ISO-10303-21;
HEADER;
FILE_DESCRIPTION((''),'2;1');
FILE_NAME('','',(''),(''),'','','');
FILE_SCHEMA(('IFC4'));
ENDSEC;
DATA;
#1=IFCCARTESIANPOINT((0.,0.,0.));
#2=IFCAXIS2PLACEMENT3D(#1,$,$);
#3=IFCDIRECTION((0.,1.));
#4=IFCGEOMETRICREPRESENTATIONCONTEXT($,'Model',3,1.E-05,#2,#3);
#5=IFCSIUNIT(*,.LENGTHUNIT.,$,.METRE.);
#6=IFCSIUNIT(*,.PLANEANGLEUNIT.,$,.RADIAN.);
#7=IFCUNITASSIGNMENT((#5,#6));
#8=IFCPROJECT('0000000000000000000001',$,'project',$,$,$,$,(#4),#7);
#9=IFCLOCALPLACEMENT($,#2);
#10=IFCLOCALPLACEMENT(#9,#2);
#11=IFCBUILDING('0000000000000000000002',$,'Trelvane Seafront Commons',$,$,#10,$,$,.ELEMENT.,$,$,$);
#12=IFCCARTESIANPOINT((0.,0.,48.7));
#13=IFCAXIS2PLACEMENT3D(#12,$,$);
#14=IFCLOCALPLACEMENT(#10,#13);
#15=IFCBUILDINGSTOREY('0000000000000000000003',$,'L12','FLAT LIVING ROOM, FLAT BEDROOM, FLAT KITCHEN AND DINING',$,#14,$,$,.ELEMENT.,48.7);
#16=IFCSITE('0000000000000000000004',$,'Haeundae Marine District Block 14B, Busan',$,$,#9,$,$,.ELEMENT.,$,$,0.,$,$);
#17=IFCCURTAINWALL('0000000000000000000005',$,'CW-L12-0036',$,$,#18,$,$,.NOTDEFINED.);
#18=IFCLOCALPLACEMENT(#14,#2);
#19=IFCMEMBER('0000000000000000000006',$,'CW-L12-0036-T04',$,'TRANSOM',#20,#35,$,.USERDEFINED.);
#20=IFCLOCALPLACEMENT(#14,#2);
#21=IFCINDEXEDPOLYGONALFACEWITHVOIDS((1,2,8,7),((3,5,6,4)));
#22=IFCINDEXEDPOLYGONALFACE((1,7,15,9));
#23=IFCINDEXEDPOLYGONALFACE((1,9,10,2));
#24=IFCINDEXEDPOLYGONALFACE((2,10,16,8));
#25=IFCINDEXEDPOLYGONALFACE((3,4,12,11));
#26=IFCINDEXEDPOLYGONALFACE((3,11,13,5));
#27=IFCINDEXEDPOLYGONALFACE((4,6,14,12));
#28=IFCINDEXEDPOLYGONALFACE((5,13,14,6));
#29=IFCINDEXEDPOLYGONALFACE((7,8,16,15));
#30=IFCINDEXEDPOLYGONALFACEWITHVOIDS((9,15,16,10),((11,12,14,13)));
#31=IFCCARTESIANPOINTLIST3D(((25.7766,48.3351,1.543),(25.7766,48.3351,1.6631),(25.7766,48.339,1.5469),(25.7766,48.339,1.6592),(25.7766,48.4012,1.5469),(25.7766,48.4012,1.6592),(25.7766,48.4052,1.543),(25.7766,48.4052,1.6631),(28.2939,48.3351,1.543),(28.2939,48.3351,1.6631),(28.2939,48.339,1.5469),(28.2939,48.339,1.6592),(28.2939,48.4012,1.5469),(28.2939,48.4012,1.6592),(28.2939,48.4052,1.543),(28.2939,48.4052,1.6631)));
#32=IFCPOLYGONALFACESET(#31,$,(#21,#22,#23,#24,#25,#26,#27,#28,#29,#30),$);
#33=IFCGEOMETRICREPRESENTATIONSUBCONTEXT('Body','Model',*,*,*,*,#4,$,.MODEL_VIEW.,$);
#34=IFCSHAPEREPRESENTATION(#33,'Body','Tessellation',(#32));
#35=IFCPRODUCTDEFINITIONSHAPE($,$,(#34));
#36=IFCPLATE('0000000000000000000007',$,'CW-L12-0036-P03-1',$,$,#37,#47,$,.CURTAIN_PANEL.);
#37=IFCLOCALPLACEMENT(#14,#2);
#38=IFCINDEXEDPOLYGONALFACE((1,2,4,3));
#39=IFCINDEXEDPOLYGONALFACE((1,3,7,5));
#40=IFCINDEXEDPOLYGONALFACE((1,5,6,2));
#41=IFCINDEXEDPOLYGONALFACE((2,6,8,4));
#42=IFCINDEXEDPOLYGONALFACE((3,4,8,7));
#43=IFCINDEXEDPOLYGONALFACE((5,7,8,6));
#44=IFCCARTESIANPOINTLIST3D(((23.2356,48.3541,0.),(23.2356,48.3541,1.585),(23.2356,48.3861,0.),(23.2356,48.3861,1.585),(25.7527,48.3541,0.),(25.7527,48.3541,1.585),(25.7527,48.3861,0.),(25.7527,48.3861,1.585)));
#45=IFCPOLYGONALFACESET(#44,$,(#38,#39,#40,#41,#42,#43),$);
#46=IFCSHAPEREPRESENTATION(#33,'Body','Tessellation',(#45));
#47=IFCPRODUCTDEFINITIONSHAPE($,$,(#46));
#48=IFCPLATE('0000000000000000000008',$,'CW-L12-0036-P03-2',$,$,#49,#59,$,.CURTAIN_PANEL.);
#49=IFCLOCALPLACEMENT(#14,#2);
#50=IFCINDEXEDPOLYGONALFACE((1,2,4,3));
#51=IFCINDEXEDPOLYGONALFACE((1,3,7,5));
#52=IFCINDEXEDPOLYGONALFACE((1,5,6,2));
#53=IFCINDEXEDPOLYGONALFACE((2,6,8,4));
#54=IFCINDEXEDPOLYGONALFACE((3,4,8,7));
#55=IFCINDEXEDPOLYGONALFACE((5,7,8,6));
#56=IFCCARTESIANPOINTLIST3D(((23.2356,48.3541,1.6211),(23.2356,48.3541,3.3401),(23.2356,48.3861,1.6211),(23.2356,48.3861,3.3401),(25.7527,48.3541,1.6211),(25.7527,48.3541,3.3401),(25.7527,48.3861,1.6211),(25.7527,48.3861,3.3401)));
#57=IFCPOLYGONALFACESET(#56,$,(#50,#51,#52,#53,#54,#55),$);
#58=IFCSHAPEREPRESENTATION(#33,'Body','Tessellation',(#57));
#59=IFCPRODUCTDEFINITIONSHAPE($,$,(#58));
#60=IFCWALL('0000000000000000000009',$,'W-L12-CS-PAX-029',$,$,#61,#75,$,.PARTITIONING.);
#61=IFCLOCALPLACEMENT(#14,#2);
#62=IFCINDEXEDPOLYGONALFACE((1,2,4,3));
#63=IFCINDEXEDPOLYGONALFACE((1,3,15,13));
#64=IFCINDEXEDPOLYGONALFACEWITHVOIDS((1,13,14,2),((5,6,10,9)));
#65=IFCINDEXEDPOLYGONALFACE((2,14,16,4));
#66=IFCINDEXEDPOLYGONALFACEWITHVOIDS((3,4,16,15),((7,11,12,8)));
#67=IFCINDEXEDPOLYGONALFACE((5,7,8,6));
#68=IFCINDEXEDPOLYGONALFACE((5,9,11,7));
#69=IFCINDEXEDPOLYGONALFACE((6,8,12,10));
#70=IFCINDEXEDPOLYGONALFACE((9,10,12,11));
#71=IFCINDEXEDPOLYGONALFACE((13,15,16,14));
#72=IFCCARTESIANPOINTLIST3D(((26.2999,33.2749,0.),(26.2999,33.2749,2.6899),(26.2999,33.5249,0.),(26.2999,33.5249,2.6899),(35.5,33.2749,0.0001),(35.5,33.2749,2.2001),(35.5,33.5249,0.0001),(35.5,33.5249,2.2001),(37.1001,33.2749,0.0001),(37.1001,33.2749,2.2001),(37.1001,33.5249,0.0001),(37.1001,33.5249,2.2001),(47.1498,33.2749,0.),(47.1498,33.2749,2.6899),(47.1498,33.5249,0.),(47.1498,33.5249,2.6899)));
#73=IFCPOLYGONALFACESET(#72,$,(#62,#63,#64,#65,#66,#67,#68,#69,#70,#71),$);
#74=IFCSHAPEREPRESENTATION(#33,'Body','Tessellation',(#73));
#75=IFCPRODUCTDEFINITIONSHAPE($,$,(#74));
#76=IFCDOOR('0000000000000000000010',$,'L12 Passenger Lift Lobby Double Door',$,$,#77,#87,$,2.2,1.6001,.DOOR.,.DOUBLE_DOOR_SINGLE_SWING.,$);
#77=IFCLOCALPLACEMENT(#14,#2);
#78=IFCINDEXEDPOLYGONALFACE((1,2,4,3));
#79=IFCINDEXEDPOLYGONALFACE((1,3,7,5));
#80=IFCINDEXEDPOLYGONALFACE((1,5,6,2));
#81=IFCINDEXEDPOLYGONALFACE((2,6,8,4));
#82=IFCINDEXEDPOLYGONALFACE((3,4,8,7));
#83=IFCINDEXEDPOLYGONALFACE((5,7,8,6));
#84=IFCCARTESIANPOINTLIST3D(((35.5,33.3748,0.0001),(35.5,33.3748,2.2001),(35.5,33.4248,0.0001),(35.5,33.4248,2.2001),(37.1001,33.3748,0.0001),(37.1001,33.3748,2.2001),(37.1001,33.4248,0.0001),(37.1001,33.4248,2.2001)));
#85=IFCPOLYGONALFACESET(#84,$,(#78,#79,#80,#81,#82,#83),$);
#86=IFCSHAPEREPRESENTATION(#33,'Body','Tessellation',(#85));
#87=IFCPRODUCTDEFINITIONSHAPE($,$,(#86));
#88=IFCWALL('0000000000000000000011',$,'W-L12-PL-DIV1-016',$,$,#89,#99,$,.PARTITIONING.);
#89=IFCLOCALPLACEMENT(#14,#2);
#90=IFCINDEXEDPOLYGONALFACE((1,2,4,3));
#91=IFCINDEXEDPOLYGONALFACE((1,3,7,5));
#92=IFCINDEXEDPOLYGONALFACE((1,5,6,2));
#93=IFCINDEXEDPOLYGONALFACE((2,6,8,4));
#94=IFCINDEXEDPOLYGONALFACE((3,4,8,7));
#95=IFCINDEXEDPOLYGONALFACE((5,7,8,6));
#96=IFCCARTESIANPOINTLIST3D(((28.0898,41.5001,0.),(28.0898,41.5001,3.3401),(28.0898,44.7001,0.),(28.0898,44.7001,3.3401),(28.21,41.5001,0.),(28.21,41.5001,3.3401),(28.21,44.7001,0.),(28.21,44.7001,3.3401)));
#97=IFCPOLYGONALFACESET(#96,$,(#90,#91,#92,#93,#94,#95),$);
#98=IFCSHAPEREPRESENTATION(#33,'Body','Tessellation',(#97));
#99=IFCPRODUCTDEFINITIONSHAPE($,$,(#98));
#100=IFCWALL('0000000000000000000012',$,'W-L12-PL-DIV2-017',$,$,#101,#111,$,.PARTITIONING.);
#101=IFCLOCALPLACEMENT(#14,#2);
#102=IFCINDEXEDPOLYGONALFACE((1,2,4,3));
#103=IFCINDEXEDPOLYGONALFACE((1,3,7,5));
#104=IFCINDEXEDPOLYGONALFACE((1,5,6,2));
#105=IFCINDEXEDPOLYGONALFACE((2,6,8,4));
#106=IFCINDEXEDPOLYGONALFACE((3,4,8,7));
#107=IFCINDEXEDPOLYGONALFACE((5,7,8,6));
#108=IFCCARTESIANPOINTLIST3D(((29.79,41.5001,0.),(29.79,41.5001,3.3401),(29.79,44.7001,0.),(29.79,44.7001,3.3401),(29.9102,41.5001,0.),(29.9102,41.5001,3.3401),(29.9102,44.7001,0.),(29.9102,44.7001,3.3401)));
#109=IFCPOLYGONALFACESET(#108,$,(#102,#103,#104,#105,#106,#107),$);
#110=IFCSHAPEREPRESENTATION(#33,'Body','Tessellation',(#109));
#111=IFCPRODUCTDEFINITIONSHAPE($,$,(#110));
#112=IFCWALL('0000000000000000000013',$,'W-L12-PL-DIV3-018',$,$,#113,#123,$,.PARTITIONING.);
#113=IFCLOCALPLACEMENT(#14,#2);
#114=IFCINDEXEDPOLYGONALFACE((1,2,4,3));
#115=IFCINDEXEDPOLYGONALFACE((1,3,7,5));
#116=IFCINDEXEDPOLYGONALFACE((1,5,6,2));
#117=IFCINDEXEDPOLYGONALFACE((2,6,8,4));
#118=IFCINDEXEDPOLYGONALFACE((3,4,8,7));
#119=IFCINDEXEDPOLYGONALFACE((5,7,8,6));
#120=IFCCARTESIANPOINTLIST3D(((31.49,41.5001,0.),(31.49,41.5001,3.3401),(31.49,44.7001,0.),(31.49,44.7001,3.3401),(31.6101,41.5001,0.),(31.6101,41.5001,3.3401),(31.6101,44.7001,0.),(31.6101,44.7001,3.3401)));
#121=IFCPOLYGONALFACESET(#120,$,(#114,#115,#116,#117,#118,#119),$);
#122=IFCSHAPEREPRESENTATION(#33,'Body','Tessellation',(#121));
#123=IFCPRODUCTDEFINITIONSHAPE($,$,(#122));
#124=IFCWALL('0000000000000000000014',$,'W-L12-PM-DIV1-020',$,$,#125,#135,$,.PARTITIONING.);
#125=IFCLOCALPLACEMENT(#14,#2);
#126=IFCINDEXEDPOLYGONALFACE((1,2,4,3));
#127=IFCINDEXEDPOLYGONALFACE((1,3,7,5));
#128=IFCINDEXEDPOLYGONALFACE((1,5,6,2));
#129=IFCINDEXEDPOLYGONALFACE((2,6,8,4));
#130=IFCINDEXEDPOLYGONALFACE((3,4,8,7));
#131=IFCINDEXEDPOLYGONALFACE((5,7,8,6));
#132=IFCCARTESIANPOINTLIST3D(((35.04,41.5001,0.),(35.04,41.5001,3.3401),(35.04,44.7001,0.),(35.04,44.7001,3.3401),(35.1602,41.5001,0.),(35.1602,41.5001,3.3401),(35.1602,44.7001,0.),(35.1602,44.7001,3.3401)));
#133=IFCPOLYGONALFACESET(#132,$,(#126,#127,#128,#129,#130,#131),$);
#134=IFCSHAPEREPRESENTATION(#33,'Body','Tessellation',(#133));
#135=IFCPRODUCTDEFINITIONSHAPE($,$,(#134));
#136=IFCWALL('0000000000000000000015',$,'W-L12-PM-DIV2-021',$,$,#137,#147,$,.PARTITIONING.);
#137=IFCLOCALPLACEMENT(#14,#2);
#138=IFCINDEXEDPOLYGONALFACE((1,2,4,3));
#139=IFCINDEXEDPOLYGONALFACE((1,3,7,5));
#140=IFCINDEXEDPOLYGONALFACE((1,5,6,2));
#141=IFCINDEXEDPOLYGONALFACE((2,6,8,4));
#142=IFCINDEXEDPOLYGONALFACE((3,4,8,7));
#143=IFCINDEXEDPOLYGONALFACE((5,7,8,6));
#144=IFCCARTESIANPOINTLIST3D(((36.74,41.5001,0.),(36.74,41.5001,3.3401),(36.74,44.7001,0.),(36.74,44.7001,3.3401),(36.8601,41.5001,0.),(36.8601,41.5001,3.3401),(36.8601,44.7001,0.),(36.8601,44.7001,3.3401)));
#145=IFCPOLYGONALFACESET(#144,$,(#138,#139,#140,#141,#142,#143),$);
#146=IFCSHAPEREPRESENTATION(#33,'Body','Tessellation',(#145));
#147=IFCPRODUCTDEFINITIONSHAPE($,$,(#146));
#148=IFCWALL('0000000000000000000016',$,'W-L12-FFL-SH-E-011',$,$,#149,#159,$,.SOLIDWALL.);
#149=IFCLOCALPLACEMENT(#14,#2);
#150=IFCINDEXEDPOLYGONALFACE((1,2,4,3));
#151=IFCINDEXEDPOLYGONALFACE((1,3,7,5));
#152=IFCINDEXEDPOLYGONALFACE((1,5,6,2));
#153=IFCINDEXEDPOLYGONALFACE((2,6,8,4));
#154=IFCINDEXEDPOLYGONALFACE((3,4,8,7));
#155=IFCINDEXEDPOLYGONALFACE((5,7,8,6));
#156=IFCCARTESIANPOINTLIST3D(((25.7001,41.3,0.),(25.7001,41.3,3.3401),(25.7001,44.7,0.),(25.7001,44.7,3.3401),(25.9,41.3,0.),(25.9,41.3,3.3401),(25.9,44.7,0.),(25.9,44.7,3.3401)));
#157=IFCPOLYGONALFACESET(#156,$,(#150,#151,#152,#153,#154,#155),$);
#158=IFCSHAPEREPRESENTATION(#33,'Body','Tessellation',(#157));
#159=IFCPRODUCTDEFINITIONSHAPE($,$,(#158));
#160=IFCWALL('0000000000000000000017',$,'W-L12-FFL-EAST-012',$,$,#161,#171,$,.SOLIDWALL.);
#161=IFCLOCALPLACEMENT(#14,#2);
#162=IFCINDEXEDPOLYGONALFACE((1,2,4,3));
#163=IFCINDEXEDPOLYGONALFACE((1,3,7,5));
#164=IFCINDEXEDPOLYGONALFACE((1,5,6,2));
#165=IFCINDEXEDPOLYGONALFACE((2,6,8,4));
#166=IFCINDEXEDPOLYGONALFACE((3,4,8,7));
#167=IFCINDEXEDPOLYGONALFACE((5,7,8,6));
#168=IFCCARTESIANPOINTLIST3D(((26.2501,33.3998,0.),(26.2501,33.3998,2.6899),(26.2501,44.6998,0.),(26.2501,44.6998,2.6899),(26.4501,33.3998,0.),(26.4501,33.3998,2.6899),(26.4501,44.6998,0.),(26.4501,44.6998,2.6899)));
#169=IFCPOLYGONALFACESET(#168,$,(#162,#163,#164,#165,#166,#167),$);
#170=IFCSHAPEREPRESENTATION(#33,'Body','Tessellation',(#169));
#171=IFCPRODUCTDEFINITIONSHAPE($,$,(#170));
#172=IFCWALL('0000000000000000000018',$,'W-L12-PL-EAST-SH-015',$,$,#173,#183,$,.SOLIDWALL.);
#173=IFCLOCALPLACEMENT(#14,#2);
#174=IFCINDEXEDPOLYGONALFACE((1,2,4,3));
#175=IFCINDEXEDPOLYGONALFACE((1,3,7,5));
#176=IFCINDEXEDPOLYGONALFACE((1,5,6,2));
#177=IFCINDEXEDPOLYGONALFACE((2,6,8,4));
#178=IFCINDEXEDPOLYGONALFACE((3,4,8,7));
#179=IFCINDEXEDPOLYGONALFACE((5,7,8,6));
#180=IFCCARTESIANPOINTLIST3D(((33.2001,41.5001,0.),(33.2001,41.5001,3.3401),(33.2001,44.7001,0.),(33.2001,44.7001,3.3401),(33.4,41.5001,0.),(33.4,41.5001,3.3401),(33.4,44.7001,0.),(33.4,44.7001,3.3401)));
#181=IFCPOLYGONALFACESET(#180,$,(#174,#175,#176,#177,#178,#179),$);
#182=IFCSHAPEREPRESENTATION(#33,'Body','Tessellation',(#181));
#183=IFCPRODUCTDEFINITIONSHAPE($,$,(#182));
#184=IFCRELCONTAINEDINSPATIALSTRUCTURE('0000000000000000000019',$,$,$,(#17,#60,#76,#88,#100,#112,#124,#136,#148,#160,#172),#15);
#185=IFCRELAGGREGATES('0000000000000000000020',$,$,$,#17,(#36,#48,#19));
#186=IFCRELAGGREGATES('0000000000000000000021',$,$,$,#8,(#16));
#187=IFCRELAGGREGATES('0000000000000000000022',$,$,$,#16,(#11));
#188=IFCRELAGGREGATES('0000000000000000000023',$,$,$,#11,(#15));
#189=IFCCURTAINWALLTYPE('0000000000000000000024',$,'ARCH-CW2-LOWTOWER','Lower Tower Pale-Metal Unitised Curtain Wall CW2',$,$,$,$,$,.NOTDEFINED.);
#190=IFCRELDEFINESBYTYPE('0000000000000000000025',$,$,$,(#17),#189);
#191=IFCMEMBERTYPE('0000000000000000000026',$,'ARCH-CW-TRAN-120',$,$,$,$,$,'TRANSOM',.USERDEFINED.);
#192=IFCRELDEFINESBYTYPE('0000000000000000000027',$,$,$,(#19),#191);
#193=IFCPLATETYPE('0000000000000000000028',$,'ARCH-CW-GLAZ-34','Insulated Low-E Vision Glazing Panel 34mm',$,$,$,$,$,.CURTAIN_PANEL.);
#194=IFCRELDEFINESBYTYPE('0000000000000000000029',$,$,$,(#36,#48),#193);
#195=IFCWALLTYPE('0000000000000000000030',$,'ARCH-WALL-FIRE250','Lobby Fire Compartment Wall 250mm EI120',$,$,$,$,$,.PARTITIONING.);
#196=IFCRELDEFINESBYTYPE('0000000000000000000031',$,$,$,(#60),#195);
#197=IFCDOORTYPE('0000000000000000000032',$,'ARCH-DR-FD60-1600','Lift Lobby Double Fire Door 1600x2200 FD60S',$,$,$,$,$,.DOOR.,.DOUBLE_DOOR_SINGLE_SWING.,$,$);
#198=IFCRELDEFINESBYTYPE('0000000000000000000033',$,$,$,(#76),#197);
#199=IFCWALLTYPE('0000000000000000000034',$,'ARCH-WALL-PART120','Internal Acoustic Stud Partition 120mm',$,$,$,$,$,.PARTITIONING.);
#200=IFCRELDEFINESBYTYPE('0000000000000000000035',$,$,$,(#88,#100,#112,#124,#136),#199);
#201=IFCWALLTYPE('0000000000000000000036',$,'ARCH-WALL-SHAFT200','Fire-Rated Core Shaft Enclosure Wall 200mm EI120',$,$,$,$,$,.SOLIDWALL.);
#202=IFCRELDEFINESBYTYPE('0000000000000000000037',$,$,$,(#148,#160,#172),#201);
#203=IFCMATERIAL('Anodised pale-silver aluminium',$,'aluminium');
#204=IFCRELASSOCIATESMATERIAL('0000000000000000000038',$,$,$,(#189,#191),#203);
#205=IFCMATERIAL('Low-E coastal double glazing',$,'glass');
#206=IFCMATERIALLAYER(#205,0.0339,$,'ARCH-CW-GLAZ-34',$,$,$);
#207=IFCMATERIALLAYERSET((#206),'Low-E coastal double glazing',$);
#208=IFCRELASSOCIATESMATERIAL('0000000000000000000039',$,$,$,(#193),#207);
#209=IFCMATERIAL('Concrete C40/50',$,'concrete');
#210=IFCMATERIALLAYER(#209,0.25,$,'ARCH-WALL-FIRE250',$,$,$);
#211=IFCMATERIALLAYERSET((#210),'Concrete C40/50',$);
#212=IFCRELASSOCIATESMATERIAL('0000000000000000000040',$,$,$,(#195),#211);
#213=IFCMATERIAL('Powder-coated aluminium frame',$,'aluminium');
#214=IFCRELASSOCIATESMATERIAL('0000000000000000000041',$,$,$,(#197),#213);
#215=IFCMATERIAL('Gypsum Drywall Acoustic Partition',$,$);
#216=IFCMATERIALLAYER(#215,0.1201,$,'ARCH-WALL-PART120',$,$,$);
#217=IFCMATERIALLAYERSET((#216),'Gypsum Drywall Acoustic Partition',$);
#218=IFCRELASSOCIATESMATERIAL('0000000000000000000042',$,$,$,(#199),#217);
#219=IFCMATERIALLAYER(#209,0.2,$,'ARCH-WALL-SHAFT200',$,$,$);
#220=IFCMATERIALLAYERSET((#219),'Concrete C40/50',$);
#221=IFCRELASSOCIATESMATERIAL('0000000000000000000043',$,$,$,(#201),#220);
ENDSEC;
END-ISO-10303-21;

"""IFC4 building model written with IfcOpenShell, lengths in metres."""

from ifc_helpers import new_model, si_unit, direction, frame, frame_2d, origin, origin_2d, place, context, subcontext, project, spatial, rectangle, hollow_rectangle, extrude, source, transform, mapped, material, layer, layer_set, material_profile, profile_set, type_object, element, fill, aggregate, save


model = new_model("IFC4")

# Units and contexts
model_context = context("Model", 3, precision=1e-05, world=origin(), true_north=direction((0.0, 1.0)))
body_context = subcontext(model_context, "Body", "Model", "MODEL_VIEW")
ifc_project = project(units=[si_unit("LENGTHUNIT", "METRE"), si_unit("PLANEANGLEUNIT", "RADIAN")], contexts=[model_context])

# Site, building, storey
site_placement = place(None, origin())
site = spatial("IfcSite", under=ifc_project, at=site_placement, Name="Haeundae Marine District Block 14B, Busan", CompositionType="ELEMENT", RefElevation=0.0)
building_placement = place(site_placement, origin())
building = spatial("IfcBuilding", under=site, at=building_placement, Name="Trelvane Seafront Commons", CompositionType="ELEMENT")
storey_placement = place(building_placement, frame((0.0, 0.0, 48.7)))
storey = spatial("IfcBuildingStorey", under=building, at=storey_placement, Name="L12", Description="FLAT LIVING ROOM, FLAT BEDROOM, FLAT KITCHEN AND DINING", CompositionType="ELEMENT", Elevation=48.7)

# Curtain wall, member, plates
ifc_material_1 = material(Name="Anodised pale-silver aluminium", Category="aluminium")
curtain_wall_type = type_object("IfcCurtainWallType", Name="ARCH-CW2-LOWTOWER", Description="Lower Tower Pale-Metal Unitised Curtain Wall CW2", PredefinedType="NOTDEFINED", material=ifc_material_1)
curtain_wall_placement = place(storey_placement, origin())
curtain_wall = element("IfcCurtainWall", 1, at=curtain_wall_placement, inside=storey, type_object=curtain_wall_type, Name="CW-L12-0036", PredefinedType="NOTDEFINED")
ifc_material_profile_1 = material_profile(ifc_material_1, hollow_rectangle(XDim=0.0701, YDim=0.1201, WallThickness=0.0039, at=origin_2d()), Name="TRAN-70x120x4")
ifc_profile_set_1 = profile_set([ifc_material_profile_1], Name="Anodised pale-silver aluminium")
member_type_1 = type_object("IfcMemberType", Name="ARCH-CW-TRAN-120", ElementType="TRANSOM", PredefinedType="USERDEFINED", material=ifc_profile_set_1)
shared_shape_1 = source(origin(), body_context, "Body", "SweptSolid", [
    extrude(hollow_rectangle(XDim=0.0701, YDim=0.1201, WallThickness=0.0039, at=origin_2d()), origin(), (0.0, 0.0, 1.0), 2.5173),
])
member_1_placement = place(storey_placement, frame((25.7766, 48.3701, 1.603), z_axis=(1.0, 0.0, 0.0), x_axis=(0.0, 1.0, 0.0)))
member_1 = element("IfcMember", 2, at=member_1_placement, type_object=member_type_1, Name="CW-L12-0036-T04", ObjectType="TRANSOM", PredefinedType="USERDEFINED", context=body_context, shape_type="MappedRepresentation", body=[
    mapped(shared_shape_1, transform((0.0, 0.0, 0.0), x_axis=(1.0, 0.0, 0.0), y_axis=(0.0, 1.0, 0.0), z_axis=(0.0, 0.0, 1.0), scale=1.0)),
])
ifc_material_2 = material(Name="Low-E coastal double glazing", Category="glass")
ifc_layer_1 = layer(ifc_material_2, 0.0339, Name="ARCH-CW-GLAZ-34")
ifc_layer_set_1 = layer_set([ifc_layer_1], Name="Low-E coastal double glazing")
plate_type = type_object("IfcPlateType", Name="ARCH-CW-GLAZ-34", Description="Insulated Low-E Vision Glazing Panel 34mm", PredefinedType="CURTAIN_PANEL", material=ifc_layer_set_1)
shared_shape_2 = source(origin(), body_context, "Body", "SweptSolid", [
    extrude(rectangle(XDim=2.5171, YDim=0.032, at=origin_2d()), origin(), (0.0, 0.0, 1.0), 1.585),
])
plate_1_placement = place(storey_placement, frame((24.4941, 48.3701, 0.0), z_axis=(0.0, 0.0, 1.0), x_axis=(1.0, 0.0, 0.0)))
plate_1 = element("IfcPlate", 3, at=plate_1_placement, type_object=plate_type, Name="CW-L12-0036-P03-1", PredefinedType="CURTAIN_PANEL", context=body_context, shape_type="MappedRepresentation", body=[
    mapped(shared_shape_2, transform((0.0, 0.0, 0.0), x_axis=(1.0, 0.0, 0.0), y_axis=(0.0, 1.0, 0.0), z_axis=(0.0, 0.0, 1.0), scale=1.0)),
])
shared_shape_3 = source(origin(), body_context, "Body", "SweptSolid", [
    extrude(rectangle(XDim=2.5171, YDim=0.032, at=origin_2d()), origin(), (0.0, 0.0, 1.0), 1.719),
])
plate_2_placement = place(storey_placement, frame((24.4941, 48.3701, 1.6211), z_axis=(0.0, 0.0, 1.0), x_axis=(1.0, 0.0, 0.0)))
plate_2 = element("IfcPlate", 4, at=plate_2_placement, type_object=plate_type, Name="CW-L12-0036-P03-2", PredefinedType="CURTAIN_PANEL", context=body_context, shape_type="MappedRepresentation", body=[
    mapped(shared_shape_3, transform((0.0, 0.0, 0.0), x_axis=(1.0, 0.0, 0.0), y_axis=(0.0, 1.0, 0.0), z_axis=(0.0, 0.0, 1.0), scale=1.0)),
])
aggregate(curtain_wall, [plate_1, plate_2, member_1])

# Wall, opening, door
ifc_material_3 = material(Name="Concrete C40/50", Category="concrete")
ifc_layer_2 = layer(ifc_material_3, 0.25, Name="ARCH-WALL-FIRE250")
ifc_layer_set_2 = layer_set([ifc_layer_2], Name="Concrete C40/50")
wall_type_1 = type_object("IfcWallType", Name="ARCH-WALL-FIRE250", Description="Lobby Fire Compartment Wall 250mm EI120", PredefinedType="PARTITIONING", material=ifc_layer_set_2)
wall_1_placement = place(storey_placement, frame((26.3, 33.3999, 0.0), z_axis=(0.0, 0.0, 1.0), x_axis=(1.0, 0.0, 0.0)))
wall_1 = element("IfcWall", 5, at=wall_1_placement, inside=storey, type_object=wall_type_1, Name="W-L12-CS-PAX-029", PredefinedType="PARTITIONING", context=body_context, shape_type="SweptSolid", body=[
    extrude(rectangle(XDim=20.8499, YDim=0.25, at=frame_2d((10.4248, 0.0))), origin(), (0.0, 0.0, 1.0), 2.6899),
])
opening_1_placement = place(wall_1_placement, frame((9.2, 0.0, 0.0)))
opening_1 = element("IfcOpeningElement", 6, at=opening_1_placement, cuts=wall_1, PredefinedType="OPENING", context=body_context, shape_type="SweptSolid", body=[
    extrude(rectangle(XDim=1.6001, YDim=2.2, at=frame_2d((0.8, 1.1001))), frame((0.0, 0.135, 0.0), z_axis=(0.0, -1.0, 0.0), x_axis=(1.0, 0.0, 0.0)), (0.0, 0.0, 1.0), 0.27),
])
ifc_material_4 = material(Name="Powder-coated aluminium frame", Category="aluminium")
door_type_1 = type_object("IfcDoorType", Name="ARCH-DR-FD60-1600", Description="Lift Lobby Double Fire Door 1600x2200 FD60S", OperationType="DOUBLE_DOOR_SINGLE_SWING", PredefinedType="DOOR", material=ifc_material_4)
shared_shape_4 = source(origin(), body_context, "Body", "SweptSolid", [
    extrude(rectangle(XDim=1.6001, YDim=2.2, at=frame_2d((0.8, 1.1001))), frame((0.0, 0.0249, 0.0), z_axis=(0.0, -1.0, 0.0), x_axis=(1.0, 0.0, 0.0)), (0.0, 0.0, 1.0), 0.05),
])
door_1_placement = place(opening_1_placement, origin())
door_1 = element("IfcDoor", 7, at=door_1_placement, inside=storey, type_object=door_type_1, Name="L12 Passenger Lift Lobby Double Door", OperationType="DOUBLE_DOOR_SINGLE_SWING", OverallHeight=2.2, OverallWidth=1.6001, PredefinedType="DOOR", context=body_context, shape_type="MappedRepresentation", body=[
    mapped(shared_shape_4, transform((0.0, 0.0, 0.0), x_axis=(1.0, 0.0, 0.0), y_axis=(0.0, 1.0, 0.0), z_axis=(0.0, 0.0, 1.0), scale=1.0)),
])
fill(opening_1, door_1)

# Walls
ifc_material_5 = material(Name="Gypsum Drywall Acoustic Partition")
ifc_layer_3 = layer(ifc_material_5, 0.1201, Name="ARCH-WALL-PART120")
ifc_layer_set_3 = layer_set([ifc_layer_3], Name="Gypsum Drywall Acoustic Partition")
wall_type_2 = type_object("IfcWallType", Name="ARCH-WALL-PART120", Description="Internal Acoustic Stud Partition 120mm", PredefinedType="PARTITIONING", material=ifc_layer_set_3)
for number, where, z_axis, x_axis, name in (
    (8, (28.1499, 41.5, 0.0), (0.0, 0.0, 1.0), (0.0, 1.0, 0.0), "W-L12-PL-DIV1-016"),
    (9, (29.8501, 41.5, 0.0), (0.0, 0.0, 1.0), (0.0, 1.0, 0.0), "W-L12-PL-DIV2-017"),
    (10, (31.55, 41.5, 0.0), (0.0, 0.0, 1.0), (0.0, 1.0, 0.0), "W-L12-PL-DIV3-018"),
    (11, (35.1001, 41.5, 0.0), (0.0, 0.0, 1.0), (0.0, 1.0, 0.0), "W-L12-PM-DIV1-020"),
    (12, (36.8, 41.5, 0.0), (0.0, 0.0, 1.0), (0.0, 1.0, 0.0), "W-L12-PM-DIV2-021"),
):
    element("IfcWall", number, at=place(storey_placement, frame(where, z_axis=z_axis, x_axis=x_axis)), inside=storey, type_object=wall_type_2, Name=name, PredefinedType="PARTITIONING", context=body_context, shape_type="SweptSolid", body=[
        extrude(rectangle(XDim=3.2, YDim=0.1201, at=frame_2d((1.6001, 0.0))), origin(), (0.0, 0.0, 1.0), 3.3401),
    ])
ifc_layer_4 = layer(ifc_material_3, 0.2, Name="ARCH-WALL-SHAFT200")
ifc_layer_set_4 = layer_set([ifc_layer_4], Name="Concrete C40/50")
wall_type_3 = type_object("IfcWallType", Name="ARCH-WALL-SHAFT200", Description="Fire-Rated Core Shaft Enclosure Wall 200mm EI120", PredefinedType="SOLIDWALL", material=ifc_layer_set_4)
wall_2_placement = place(storey_placement, frame((25.8, 41.3, 0.0), z_axis=(0.0, 0.0, 1.0), x_axis=(0.0, 1.0, 0.0)))
element("IfcWall", 13, at=wall_2_placement, inside=storey, type_object=wall_type_3, Name="W-L12-FFL-SH-E-011", PredefinedType="SOLIDWALL", context=body_context, shape_type="SweptSolid", body=[
    extrude(rectangle(XDim=3.3999, YDim=0.2, at=frame_2d((1.7, 0.0))), origin(), (0.0, 0.0, 1.0), 3.3401),
])
wall_3_placement = place(storey_placement, frame((26.3501, 33.3999, 0.0), z_axis=(0.0, 0.0, 1.0), x_axis=(0.0, 1.0, 0.0)))
element("IfcWall", 14, at=wall_3_placement, inside=storey, type_object=wall_type_3, Name="W-L12-FFL-EAST-012", PredefinedType="SOLIDWALL", context=body_context, shape_type="SweptSolid", body=[
    extrude(rectangle(XDim=11.3, YDim=0.2, at=frame_2d((5.6499, 0.0))), origin(), (0.0, 0.0, 1.0), 2.6899),
])

# Wall
wall_4_placement = place(storey_placement, frame((33.3, 41.5, 0.0), z_axis=(0.0, 0.0, 1.0), x_axis=(0.0, 1.0, 0.0)))
element("IfcWall", 15, at=wall_4_placement, inside=storey, type_object=wall_type_3, Name="W-L12-PL-EAST-SH-015", PredefinedType="SOLIDWALL", context=body_context, shape_type="SweptSolid", body=[
    extrude(rectangle(XDim=3.2, YDim=0.2, at=frame_2d((1.6001, 0.0))), origin(), (0.0, 0.0, 1.0), 3.3401),
])

save(model, "model.ifc")
